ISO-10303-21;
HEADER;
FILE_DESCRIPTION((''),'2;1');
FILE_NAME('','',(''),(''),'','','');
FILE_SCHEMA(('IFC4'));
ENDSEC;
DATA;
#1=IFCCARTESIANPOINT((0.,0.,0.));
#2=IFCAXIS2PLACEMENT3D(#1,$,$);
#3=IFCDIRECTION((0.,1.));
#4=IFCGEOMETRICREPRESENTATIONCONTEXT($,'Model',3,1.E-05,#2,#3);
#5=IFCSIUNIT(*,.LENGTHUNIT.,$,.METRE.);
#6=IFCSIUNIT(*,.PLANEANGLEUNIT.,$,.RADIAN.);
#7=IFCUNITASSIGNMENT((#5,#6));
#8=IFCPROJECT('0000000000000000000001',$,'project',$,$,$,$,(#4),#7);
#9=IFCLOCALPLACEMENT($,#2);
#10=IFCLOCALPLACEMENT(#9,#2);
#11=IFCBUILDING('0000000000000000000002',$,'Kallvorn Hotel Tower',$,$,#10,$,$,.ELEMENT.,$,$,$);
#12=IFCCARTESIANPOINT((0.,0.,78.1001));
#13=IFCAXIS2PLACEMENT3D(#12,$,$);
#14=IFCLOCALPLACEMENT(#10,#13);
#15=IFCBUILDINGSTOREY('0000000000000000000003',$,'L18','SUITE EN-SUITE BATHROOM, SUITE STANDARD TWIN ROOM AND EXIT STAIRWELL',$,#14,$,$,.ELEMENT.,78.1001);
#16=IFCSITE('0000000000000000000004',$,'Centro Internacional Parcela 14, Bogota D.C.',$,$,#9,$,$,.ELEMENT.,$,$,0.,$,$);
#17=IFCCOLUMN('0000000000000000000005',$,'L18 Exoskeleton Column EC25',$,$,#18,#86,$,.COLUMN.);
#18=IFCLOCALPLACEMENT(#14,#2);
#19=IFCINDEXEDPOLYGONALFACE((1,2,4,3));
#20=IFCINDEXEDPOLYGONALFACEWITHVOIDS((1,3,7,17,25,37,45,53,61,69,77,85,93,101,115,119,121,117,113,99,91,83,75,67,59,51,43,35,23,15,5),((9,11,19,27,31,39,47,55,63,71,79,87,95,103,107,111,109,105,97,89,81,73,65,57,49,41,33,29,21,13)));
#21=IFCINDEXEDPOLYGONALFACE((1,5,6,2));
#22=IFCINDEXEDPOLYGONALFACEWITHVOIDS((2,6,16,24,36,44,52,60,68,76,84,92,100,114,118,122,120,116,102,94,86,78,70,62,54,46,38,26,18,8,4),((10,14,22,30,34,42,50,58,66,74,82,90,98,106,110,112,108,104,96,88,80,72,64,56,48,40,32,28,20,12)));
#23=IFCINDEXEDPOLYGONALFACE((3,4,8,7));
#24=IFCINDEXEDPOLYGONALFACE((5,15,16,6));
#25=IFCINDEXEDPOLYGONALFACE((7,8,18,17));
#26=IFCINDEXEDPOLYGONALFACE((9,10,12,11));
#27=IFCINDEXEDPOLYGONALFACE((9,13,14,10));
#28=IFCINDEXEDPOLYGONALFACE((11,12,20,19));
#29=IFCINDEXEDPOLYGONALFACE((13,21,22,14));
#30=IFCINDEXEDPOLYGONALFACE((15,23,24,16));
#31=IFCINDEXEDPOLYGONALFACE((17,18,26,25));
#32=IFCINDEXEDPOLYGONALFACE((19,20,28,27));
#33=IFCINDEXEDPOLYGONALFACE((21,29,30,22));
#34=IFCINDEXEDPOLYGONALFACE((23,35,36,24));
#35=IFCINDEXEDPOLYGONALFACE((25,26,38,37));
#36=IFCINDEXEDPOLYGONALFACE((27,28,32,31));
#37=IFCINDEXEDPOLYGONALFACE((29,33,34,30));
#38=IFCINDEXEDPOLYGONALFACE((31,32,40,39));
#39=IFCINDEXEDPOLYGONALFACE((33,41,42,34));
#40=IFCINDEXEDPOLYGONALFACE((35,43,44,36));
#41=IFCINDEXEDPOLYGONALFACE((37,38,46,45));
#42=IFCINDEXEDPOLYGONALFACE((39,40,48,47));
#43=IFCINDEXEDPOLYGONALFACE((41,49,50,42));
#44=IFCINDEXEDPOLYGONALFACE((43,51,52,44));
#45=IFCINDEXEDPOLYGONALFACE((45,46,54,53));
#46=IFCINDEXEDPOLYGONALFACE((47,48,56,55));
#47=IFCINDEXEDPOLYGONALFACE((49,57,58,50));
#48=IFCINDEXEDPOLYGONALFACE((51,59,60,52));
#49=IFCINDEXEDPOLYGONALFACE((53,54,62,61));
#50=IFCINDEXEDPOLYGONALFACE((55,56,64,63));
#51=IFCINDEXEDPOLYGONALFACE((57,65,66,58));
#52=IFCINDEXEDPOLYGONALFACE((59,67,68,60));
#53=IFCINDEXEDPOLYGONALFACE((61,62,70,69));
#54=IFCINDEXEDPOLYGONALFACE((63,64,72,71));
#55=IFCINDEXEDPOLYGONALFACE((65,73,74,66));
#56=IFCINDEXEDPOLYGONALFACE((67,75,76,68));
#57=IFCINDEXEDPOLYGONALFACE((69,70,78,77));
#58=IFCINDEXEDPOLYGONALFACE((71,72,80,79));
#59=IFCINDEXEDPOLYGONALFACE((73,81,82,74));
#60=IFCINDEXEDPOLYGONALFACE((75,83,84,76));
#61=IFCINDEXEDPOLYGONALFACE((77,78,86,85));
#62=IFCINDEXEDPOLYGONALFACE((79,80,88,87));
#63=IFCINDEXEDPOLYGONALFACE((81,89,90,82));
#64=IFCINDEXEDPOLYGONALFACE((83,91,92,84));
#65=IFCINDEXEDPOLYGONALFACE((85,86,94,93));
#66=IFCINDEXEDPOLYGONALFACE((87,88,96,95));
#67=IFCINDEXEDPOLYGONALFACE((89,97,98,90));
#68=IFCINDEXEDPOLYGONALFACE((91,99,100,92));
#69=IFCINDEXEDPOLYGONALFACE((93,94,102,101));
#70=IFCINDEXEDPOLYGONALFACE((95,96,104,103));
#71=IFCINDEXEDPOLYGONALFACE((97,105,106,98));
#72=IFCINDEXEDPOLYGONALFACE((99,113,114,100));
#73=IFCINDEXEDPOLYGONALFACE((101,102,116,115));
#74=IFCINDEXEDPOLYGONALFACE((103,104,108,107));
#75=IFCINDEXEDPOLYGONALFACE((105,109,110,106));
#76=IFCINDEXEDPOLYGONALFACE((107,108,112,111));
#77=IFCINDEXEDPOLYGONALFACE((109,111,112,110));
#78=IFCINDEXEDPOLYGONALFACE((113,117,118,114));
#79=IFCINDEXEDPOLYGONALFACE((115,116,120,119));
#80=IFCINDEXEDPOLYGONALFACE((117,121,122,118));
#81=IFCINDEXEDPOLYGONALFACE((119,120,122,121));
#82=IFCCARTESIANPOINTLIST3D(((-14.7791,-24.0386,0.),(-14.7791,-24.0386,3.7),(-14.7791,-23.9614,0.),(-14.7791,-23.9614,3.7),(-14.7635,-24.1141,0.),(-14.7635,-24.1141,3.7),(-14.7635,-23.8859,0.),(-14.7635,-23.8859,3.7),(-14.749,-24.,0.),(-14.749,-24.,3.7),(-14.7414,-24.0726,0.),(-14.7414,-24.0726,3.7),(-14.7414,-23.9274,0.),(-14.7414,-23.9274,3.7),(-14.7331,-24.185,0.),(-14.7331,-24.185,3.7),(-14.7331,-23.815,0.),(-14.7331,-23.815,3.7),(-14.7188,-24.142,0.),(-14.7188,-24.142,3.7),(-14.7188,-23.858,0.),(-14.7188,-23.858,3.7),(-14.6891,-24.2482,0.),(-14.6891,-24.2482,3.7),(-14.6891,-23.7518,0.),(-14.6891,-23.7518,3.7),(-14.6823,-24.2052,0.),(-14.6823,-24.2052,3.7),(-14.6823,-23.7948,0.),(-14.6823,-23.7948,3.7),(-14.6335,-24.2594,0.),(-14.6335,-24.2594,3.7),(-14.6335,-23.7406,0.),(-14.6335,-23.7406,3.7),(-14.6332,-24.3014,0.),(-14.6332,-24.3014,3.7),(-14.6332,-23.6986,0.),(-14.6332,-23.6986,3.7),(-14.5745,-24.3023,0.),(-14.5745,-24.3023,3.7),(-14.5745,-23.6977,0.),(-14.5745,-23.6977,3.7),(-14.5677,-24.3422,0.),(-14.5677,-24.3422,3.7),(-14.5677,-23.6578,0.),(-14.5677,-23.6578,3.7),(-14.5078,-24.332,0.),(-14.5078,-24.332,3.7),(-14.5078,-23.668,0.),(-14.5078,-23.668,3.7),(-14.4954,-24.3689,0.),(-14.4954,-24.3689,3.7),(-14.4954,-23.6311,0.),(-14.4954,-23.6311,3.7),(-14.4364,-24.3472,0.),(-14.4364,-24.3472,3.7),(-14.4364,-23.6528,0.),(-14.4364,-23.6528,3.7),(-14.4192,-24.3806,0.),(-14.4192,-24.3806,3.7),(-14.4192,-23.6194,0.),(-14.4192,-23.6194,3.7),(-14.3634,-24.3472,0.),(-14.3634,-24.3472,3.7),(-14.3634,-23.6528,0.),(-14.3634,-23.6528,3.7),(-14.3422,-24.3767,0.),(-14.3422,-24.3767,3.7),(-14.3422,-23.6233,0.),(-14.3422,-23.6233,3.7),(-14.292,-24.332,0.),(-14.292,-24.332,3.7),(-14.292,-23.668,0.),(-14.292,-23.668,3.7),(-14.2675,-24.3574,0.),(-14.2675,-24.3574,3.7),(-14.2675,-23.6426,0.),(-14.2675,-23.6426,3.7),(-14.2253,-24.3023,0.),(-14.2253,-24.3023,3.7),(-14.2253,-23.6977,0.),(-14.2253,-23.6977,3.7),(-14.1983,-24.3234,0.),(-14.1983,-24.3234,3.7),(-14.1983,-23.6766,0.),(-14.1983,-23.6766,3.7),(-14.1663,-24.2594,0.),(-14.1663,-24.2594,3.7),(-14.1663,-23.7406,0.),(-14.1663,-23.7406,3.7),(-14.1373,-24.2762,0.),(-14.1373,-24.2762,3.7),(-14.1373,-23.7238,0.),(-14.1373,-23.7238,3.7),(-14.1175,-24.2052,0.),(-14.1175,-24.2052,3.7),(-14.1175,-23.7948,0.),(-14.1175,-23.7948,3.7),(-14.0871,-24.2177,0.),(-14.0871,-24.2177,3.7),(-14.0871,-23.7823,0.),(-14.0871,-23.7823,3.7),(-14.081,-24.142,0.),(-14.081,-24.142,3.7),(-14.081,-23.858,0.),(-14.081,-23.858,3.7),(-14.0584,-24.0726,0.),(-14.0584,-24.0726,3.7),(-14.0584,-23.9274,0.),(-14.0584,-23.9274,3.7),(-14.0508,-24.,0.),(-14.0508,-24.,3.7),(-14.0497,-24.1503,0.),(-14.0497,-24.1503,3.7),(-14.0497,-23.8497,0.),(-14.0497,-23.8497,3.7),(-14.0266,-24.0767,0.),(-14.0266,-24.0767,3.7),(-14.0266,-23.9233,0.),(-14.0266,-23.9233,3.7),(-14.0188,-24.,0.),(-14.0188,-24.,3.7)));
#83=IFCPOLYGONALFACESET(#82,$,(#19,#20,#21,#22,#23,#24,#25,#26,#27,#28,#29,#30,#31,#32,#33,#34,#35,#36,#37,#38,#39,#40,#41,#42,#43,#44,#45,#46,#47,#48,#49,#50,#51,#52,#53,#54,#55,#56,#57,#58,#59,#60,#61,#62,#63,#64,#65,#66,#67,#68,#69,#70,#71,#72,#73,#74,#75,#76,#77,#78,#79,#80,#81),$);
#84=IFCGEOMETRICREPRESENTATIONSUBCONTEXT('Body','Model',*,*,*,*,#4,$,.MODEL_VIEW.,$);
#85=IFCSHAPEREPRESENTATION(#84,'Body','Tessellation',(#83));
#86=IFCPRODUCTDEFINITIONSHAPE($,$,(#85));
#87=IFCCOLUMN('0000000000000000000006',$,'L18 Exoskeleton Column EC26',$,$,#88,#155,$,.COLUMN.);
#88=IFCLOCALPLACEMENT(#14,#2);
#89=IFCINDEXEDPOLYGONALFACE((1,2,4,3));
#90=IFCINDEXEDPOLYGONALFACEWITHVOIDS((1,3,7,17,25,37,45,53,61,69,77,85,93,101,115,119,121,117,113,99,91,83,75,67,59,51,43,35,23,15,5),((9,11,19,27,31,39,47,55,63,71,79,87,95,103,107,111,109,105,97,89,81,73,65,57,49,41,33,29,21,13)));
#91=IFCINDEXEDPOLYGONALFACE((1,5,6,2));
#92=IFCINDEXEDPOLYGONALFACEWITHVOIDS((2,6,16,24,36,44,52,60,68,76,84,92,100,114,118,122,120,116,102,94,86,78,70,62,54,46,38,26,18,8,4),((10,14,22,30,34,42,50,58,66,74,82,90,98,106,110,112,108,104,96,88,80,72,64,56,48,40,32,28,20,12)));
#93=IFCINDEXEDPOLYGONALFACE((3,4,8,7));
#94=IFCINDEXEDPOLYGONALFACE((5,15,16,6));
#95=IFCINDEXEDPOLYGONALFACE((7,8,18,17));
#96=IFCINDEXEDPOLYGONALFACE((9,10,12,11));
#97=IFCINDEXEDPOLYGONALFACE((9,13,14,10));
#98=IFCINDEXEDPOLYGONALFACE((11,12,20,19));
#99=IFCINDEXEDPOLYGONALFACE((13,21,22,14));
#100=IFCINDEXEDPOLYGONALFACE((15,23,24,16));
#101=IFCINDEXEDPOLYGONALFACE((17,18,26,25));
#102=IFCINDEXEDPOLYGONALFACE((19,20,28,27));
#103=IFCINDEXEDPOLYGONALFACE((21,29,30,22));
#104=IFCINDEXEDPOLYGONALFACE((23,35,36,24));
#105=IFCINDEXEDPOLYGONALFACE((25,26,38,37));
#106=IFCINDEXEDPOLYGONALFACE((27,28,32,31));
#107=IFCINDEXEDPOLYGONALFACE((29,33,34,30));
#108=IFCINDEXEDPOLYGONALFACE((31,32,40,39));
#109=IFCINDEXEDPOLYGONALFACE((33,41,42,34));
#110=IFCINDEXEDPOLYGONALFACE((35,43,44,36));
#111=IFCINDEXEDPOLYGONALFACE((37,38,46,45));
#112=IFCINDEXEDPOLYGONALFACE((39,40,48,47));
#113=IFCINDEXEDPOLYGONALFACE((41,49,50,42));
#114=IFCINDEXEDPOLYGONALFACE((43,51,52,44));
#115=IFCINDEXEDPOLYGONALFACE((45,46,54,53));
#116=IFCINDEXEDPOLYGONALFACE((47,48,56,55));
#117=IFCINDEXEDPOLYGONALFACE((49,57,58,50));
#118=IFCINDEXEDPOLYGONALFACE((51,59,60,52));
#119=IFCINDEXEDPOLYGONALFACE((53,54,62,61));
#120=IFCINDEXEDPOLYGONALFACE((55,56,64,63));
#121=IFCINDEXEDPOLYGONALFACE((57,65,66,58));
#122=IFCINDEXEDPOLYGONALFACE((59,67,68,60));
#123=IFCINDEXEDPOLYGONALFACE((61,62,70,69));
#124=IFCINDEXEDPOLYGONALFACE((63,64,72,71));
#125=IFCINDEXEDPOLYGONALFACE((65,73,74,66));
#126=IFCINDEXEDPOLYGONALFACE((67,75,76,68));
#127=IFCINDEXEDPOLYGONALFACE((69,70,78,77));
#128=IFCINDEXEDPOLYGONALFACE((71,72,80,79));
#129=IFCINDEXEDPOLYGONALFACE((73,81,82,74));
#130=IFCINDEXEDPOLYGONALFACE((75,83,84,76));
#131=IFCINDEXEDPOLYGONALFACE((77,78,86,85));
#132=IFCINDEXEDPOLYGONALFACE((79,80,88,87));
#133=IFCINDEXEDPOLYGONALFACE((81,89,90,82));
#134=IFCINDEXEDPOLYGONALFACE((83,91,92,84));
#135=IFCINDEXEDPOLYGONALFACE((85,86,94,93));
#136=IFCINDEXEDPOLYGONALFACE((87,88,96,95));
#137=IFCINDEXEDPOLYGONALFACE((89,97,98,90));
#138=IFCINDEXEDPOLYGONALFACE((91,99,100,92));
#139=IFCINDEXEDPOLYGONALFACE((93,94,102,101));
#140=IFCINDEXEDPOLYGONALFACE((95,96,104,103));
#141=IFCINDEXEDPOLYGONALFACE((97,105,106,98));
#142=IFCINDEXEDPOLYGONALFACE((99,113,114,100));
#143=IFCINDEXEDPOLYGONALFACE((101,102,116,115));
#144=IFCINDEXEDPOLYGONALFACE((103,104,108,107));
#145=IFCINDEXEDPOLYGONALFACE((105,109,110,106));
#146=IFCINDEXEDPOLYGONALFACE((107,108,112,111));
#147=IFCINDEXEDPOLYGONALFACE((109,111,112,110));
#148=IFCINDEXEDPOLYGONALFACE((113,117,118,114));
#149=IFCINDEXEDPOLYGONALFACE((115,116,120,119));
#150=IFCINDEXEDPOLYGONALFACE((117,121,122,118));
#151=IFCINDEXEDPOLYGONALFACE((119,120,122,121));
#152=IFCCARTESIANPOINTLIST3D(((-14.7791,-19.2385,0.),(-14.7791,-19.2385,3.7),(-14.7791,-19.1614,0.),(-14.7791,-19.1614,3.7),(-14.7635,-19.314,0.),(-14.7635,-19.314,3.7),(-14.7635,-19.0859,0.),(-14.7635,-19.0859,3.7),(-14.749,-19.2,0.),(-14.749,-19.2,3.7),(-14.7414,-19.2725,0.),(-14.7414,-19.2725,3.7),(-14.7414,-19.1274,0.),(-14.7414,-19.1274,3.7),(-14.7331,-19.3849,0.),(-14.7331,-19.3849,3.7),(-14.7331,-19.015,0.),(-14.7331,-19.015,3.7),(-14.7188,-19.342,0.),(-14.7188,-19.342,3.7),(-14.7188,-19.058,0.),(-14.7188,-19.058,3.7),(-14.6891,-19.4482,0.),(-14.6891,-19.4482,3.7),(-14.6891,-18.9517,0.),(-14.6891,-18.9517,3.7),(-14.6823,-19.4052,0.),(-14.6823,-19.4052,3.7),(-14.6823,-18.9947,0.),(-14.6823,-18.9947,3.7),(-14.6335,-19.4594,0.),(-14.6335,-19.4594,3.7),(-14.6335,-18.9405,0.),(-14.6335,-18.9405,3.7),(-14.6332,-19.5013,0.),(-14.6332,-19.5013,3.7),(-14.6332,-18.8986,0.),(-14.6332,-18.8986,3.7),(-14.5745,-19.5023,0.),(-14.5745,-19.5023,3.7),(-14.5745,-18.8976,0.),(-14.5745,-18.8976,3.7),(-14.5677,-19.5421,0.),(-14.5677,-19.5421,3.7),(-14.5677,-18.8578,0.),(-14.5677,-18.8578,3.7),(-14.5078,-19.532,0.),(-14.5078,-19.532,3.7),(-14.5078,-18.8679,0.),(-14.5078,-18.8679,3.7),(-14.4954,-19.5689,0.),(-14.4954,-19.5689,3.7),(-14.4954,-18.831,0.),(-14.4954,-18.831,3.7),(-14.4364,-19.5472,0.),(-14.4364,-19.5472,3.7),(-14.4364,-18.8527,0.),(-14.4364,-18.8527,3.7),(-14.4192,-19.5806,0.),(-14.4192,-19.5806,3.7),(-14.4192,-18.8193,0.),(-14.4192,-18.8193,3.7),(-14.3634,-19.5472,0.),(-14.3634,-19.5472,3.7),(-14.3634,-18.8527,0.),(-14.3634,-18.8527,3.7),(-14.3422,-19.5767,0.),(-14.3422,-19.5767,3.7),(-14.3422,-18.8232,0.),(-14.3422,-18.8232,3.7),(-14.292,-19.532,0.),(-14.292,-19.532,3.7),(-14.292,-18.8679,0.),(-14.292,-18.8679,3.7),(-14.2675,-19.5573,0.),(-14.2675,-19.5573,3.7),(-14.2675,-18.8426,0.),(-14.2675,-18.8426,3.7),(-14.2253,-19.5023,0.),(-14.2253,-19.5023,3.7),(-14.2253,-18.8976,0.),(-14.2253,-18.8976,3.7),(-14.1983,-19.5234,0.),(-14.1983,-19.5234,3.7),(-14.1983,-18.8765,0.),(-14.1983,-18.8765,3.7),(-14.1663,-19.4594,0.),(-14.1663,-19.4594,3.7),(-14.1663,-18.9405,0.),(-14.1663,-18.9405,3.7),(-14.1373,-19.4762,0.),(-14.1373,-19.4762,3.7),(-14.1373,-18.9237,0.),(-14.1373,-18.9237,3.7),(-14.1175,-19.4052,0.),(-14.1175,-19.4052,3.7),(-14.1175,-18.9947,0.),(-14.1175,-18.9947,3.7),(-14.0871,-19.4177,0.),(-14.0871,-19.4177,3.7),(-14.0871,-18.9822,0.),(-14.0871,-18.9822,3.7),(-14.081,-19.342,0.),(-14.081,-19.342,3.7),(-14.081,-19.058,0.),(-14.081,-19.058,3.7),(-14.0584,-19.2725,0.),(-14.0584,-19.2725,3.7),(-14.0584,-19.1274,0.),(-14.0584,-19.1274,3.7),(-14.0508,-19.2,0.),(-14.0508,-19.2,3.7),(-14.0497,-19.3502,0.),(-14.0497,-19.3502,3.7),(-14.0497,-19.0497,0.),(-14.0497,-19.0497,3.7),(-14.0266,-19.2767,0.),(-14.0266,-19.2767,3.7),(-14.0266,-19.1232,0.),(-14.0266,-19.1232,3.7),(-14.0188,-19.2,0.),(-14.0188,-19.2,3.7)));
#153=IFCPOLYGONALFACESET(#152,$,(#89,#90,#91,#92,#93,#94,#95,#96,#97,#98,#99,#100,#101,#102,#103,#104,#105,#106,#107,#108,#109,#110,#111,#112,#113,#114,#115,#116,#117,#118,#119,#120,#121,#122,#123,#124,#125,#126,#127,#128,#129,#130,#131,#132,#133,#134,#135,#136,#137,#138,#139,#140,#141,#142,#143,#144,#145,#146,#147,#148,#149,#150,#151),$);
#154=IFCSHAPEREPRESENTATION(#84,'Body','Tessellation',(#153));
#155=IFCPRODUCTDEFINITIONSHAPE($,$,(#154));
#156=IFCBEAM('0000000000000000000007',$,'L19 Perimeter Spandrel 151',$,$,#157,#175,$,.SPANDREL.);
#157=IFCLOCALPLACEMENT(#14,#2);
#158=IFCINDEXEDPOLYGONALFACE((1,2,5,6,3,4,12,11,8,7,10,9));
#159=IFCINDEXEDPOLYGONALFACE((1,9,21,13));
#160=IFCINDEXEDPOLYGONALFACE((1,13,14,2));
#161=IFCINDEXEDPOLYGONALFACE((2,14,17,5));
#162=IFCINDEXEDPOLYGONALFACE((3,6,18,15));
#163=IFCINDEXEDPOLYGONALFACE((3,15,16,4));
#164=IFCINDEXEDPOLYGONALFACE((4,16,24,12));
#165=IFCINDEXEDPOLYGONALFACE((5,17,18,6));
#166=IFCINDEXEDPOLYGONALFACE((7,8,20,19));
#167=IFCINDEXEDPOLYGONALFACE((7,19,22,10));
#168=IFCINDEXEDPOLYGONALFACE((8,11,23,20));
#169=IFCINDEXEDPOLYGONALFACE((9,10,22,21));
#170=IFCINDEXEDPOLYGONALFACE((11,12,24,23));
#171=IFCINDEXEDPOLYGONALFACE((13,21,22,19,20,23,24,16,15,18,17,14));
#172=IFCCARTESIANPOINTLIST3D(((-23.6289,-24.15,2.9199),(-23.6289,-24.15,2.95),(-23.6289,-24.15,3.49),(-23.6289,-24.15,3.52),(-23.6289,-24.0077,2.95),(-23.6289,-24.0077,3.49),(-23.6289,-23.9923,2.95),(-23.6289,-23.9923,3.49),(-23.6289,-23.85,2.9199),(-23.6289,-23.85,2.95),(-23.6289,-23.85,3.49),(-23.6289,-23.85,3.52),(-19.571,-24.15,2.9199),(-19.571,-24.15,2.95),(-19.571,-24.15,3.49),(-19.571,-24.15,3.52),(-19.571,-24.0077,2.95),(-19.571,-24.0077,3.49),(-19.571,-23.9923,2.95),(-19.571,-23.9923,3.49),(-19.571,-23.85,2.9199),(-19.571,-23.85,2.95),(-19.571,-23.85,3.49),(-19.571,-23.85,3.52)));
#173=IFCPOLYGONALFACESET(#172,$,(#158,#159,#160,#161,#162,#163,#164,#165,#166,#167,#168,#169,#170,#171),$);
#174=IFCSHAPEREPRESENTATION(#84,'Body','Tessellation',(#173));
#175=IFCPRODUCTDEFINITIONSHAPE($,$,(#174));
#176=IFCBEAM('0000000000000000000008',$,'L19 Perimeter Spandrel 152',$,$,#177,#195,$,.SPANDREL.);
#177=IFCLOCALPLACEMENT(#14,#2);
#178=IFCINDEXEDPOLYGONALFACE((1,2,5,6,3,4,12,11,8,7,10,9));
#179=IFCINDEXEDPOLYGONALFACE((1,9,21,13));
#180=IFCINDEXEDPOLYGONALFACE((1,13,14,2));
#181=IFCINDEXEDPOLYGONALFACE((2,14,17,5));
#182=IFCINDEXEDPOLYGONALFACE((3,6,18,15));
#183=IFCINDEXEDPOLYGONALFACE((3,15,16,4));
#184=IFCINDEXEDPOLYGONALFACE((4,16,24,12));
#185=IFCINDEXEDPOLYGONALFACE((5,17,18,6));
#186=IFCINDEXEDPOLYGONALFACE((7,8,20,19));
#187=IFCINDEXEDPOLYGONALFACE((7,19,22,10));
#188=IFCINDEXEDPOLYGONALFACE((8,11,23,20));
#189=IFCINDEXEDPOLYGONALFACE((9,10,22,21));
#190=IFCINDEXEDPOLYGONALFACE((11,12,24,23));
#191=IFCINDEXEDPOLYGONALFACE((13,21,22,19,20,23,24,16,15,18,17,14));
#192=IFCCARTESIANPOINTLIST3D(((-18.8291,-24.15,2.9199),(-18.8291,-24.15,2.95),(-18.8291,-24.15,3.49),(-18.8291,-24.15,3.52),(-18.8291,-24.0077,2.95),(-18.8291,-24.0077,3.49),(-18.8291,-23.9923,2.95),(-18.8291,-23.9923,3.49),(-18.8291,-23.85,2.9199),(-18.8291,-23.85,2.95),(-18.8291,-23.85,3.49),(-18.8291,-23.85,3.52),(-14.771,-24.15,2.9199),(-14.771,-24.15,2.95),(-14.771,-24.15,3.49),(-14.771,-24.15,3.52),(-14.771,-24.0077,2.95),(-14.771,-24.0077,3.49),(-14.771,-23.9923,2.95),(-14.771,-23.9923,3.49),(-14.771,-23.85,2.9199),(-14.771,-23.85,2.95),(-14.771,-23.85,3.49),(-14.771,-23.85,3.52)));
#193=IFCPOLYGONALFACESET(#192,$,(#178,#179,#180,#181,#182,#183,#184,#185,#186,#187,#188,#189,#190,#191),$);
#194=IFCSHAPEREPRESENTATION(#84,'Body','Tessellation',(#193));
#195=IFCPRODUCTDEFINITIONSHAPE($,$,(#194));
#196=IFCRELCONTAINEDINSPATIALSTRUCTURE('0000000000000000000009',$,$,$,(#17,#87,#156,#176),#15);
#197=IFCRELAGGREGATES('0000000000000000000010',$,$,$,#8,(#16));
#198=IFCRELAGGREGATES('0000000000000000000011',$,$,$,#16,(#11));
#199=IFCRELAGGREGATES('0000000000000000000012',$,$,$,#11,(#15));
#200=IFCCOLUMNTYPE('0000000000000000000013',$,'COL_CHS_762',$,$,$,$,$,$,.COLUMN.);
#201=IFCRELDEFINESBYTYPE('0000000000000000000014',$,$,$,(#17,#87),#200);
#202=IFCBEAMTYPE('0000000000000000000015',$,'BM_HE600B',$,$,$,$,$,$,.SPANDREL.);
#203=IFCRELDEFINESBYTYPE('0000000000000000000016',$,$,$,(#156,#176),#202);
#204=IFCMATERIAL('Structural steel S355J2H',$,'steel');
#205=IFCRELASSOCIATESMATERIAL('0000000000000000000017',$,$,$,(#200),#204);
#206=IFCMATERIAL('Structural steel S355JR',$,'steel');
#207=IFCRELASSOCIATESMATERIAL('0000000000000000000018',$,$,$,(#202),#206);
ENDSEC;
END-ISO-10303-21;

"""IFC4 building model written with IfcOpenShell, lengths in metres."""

from ifc_helpers import new_model, si_unit, direction, frame, origin, origin_2d, place, context, subcontext, project, spatial, hollow_circle, i_section, extrude, material, material_profile, profile_set, type_object, element, save


model = new_model("IFC4")

# Units and contexts
model_context = context("Model", 3, precision=1e-05, world=origin(), true_north=direction((0.0, 1.0)))
body_context = subcontext(model_context, "Body", "Model", "MODEL_VIEW")
ifc_project = project(units=[si_unit("LENGTHUNIT", "METRE"), si_unit("PLANEANGLEUNIT", "RADIAN")], contexts=[model_context])

# Site, building, storey
site_placement = place(None, origin())
site = spatial("IfcSite", under=ifc_project, at=site_placement, Name="Centro Internacional Parcela 14, Bogota D.C.", CompositionType="ELEMENT", RefElevation=0.0)
building_placement = place(site_placement, origin())
building = spatial("IfcBuilding", under=site, at=building_placement, Name="Kallvorn Hotel Tower", CompositionType="ELEMENT")
storey_placement = place(building_placement, frame((0.0, 0.0, 78.1001)))
storey = spatial("IfcBuildingStorey", under=building, at=storey_placement, Name="L18", Description="SUITE EN-SUITE BATHROOM, SUITE STANDARD TWIN ROOM AND EXIT STAIRWELL", CompositionType="ELEMENT", Elevation=78.1001)

# Columns
ifc_material_1 = material(Name="Structural steel S355J2H", Category="steel")
ifc_material_profile_1 = material_profile(ifc_material_1, hollow_circle(Radius=0.3811, WallThickness=0.032, at=origin_2d()), Name="CHS 762x32")
ifc_profile_set_1 = profile_set([ifc_material_profile_1], Name="Structural steel S355J2H")
column_type = type_object("IfcColumnType", Name="COL_CHS_762", PredefinedType="COLUMN", material=ifc_profile_set_1)
for number, where, z_axis, x_axis, name in (
    (1, (-14.3999, -24.0, 0.0), (0.0, 0.0, 1.0), (1.0, 0.0, 0.0), "L18 Exoskeleton Column EC25"),
    (2, (-14.3999, -19.2, 0.0), (0.0, 0.0, 1.0), (1.0, 0.0, 0.0), "L18 Exoskeleton Column EC26"),
):
    element("IfcColumn", number, at=place(storey_placement, frame(where, z_axis=z_axis, x_axis=x_axis)), inside=storey, type_object=column_type, Name=name, PredefinedType="COLUMN", context=body_context, shape_type="SweptSolid", body=[
        extrude(hollow_circle(Radius=0.3811, WallThickness=0.032, at=origin_2d()), origin(), (0.0, 0.0, 1.0), 3.7),
    ])

# Beams
ifc_material_2 = material(Name="Structural steel S355JR", Category="steel")
ifc_material_profile_2 = material_profile(ifc_material_2, i_section(OverallWidth=0.3, OverallDepth=0.6001, WebThickness=0.0154, FlangeThickness=0.03, at=origin_2d()), Name="HE 600 B")
ifc_profile_set_2 = profile_set([ifc_material_profile_2], Name="Structural steel S355JR")
beam_type_1 = type_object("IfcBeamType", Name="BM_HE600B", PredefinedType="SPANDREL", material=ifc_profile_set_2)
beam_1_placement = place(storey_placement, frame((-23.6289, -24.0, 3.22), z_axis=(1.0, 0.0, 0.0), x_axis=(0.0, 1.0, 0.0)))
element("IfcBeam", 3, at=beam_1_placement, inside=storey, type_object=beam_type_1, Name="L19 Perimeter Spandrel 151", PredefinedType="SPANDREL", context=body_context, shape_type="SweptSolid", body=[
    extrude(i_section(OverallWidth=0.3, OverallDepth=0.6001, WebThickness=0.0154, FlangeThickness=0.03, at=origin_2d()), origin(), (0.0, 0.0, 1.0), 4.0579),
])
beam_2_placement = place(storey_placement, frame((-18.8291, -24.0, 3.22), z_axis=(1.0, 0.0, 0.0), x_axis=(0.0, 1.0, 0.0)))
element("IfcBeam", 4, at=beam_2_placement, inside=storey, type_object=beam_type_1, Name="L19 Perimeter Spandrel 152", PredefinedType="SPANDREL", context=body_context, shape_type="SweptSolid", body=[
    extrude(i_section(OverallWidth=0.3, OverallDepth=0.6001, WebThickness=0.0154, FlangeThickness=0.03, at=origin_2d()), origin(), (0.0, 0.0, 1.0), 4.0581),
])

save(model, "model.ifc")
